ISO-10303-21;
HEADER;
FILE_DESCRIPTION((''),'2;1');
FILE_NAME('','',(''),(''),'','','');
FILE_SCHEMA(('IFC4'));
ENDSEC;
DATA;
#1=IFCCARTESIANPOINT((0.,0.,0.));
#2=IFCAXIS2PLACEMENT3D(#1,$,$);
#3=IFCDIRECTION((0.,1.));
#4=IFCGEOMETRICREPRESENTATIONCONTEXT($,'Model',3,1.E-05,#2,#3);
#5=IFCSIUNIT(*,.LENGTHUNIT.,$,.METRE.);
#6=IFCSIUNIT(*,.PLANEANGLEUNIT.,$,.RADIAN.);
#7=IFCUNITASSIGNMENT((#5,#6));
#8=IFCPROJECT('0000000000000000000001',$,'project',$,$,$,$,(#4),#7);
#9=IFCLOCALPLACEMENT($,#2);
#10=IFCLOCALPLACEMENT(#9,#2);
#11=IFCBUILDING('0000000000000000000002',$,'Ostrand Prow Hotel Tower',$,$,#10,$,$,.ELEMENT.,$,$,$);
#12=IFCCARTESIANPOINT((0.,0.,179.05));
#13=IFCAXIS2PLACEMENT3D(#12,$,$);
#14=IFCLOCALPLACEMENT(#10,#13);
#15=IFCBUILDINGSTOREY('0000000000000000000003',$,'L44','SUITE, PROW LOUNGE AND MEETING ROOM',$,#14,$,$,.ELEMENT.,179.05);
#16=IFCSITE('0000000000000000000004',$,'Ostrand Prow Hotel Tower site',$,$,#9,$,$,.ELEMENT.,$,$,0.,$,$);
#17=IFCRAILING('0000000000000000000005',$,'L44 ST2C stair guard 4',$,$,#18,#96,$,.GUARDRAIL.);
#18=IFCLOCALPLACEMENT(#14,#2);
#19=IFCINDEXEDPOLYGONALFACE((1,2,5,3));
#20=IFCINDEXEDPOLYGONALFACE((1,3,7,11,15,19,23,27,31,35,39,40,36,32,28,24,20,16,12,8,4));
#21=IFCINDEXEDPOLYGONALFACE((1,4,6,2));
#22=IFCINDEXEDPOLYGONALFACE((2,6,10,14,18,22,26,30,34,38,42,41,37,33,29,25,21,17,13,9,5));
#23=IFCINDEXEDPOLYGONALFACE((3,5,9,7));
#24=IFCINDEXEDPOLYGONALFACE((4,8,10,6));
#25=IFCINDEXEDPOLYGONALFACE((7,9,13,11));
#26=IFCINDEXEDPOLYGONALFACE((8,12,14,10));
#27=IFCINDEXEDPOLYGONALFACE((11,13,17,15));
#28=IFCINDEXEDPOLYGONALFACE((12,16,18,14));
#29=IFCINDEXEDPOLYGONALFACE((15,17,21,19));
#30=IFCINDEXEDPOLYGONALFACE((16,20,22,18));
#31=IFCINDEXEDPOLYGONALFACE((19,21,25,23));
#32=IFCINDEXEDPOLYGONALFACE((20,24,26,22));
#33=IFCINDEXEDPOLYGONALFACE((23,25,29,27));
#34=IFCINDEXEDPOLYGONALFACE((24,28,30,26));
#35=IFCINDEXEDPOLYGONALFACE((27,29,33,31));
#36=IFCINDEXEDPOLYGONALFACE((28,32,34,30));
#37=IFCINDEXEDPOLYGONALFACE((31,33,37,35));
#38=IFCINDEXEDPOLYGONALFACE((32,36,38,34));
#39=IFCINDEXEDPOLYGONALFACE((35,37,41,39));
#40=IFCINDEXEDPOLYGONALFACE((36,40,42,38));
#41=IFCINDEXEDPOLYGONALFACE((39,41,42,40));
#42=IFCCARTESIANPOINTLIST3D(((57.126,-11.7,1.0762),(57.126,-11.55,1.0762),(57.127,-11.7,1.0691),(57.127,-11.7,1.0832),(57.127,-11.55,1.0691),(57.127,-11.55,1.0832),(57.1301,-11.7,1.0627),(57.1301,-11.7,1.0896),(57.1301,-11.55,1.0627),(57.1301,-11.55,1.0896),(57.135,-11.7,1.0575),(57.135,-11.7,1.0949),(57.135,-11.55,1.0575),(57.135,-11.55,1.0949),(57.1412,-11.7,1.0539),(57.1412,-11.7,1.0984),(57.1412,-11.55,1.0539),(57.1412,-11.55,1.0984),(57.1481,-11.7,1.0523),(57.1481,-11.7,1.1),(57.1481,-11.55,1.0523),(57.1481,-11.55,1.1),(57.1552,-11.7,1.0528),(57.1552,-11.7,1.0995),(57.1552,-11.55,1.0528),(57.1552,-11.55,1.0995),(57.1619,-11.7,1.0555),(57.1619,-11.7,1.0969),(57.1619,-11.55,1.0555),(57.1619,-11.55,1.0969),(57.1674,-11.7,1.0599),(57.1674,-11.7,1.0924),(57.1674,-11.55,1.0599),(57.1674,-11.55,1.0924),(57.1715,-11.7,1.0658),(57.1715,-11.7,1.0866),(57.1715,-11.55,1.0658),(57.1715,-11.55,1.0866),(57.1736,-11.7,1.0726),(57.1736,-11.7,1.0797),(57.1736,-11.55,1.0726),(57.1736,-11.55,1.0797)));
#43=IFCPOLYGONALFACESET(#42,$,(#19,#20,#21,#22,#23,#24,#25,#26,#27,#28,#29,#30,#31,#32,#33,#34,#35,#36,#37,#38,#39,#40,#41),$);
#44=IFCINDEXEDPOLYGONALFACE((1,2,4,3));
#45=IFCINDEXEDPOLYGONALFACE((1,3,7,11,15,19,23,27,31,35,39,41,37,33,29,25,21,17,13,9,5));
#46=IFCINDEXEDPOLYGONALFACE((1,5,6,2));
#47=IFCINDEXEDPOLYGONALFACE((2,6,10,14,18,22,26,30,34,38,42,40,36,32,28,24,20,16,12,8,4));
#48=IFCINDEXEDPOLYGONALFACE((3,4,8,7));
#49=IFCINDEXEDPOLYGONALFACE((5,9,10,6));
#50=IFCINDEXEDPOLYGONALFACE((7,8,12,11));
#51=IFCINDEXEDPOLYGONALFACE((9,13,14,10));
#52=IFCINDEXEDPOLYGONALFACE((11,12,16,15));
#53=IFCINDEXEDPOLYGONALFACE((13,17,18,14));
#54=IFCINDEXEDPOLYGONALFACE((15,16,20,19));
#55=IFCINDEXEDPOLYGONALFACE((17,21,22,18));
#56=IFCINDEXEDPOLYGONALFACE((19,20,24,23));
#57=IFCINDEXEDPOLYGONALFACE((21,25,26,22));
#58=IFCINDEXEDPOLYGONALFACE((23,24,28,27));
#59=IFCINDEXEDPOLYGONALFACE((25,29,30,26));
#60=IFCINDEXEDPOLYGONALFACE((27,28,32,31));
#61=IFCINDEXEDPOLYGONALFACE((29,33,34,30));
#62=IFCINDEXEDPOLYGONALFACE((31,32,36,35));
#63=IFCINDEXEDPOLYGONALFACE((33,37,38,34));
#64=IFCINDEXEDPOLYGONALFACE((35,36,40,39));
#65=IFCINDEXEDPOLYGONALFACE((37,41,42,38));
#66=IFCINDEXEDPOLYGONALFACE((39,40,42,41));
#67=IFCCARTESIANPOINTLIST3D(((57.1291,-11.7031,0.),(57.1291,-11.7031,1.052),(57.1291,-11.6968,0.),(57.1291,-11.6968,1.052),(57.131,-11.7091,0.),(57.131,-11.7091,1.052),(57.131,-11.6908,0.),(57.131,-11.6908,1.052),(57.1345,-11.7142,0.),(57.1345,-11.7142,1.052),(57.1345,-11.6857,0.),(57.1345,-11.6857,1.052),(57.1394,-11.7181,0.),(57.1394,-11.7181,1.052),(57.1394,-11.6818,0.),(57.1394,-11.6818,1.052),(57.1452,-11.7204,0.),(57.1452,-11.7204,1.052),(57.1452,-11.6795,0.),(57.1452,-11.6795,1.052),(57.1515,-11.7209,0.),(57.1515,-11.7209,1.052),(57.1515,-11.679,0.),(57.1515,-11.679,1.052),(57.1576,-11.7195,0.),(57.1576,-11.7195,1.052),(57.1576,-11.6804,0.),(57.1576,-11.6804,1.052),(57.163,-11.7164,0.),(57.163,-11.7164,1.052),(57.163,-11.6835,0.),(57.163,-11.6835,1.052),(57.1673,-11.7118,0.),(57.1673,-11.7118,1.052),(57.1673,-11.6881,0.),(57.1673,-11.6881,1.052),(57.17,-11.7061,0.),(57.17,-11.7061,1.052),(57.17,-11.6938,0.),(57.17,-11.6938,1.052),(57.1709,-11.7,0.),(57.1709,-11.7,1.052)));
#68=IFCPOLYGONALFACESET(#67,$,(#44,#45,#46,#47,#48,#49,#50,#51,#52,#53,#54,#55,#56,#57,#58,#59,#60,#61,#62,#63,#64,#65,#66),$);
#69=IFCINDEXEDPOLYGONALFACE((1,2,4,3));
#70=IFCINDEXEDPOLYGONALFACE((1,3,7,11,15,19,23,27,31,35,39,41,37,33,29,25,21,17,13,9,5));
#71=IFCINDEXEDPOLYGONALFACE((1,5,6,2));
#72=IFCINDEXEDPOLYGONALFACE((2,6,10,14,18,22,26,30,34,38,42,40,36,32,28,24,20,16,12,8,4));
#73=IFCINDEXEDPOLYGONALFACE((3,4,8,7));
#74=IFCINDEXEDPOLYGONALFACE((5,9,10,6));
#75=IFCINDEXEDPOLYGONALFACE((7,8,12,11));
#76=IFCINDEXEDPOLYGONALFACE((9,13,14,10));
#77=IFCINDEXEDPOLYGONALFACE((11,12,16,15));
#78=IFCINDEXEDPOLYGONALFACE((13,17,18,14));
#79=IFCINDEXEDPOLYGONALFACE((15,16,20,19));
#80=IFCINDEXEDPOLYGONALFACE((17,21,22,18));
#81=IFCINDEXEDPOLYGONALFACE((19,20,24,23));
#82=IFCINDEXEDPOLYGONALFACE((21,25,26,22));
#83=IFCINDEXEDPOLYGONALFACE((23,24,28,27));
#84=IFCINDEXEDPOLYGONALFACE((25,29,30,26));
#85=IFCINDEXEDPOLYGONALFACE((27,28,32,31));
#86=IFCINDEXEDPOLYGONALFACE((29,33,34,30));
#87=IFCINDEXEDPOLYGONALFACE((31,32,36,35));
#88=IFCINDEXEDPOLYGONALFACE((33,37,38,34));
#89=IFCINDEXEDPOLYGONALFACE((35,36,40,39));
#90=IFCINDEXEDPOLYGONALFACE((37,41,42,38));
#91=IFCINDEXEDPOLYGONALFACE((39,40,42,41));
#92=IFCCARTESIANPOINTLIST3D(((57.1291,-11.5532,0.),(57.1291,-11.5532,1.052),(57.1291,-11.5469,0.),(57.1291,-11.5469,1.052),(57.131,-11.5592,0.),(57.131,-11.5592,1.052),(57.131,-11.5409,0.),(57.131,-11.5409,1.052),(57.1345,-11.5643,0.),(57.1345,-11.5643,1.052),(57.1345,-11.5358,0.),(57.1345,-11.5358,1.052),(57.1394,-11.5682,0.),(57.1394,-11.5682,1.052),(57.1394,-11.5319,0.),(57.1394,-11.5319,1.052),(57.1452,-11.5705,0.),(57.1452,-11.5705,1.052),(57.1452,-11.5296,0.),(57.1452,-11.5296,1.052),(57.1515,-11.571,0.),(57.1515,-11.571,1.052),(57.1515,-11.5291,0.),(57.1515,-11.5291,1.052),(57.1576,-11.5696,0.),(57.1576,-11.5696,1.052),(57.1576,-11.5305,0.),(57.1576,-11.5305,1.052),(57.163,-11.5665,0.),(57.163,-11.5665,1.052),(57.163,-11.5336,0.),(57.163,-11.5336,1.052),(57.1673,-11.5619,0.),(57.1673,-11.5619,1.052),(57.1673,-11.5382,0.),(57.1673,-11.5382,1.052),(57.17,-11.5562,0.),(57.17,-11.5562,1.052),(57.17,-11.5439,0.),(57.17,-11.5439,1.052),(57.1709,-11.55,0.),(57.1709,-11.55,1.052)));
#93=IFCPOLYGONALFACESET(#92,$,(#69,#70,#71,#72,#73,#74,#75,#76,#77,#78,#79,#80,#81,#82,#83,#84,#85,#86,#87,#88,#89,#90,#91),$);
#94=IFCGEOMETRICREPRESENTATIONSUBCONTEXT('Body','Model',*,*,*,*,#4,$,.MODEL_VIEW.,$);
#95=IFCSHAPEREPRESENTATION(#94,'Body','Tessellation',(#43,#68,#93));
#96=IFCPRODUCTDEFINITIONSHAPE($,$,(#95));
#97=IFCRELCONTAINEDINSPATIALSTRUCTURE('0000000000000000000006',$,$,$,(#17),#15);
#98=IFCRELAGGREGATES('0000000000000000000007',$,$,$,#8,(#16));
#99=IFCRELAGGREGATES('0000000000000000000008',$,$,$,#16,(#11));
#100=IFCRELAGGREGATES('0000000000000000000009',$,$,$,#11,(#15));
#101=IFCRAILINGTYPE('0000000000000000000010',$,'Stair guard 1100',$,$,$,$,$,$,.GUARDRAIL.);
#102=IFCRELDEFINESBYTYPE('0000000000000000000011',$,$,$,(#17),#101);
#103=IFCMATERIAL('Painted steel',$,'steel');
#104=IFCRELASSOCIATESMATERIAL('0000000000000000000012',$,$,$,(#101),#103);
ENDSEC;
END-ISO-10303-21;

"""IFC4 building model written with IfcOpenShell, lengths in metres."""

from ifc_helpers import new_model, si_unit, direction, frame, origin, origin_2d, place, context, subcontext, project, spatial, circle, extrude, material, type_object, element, save


model = new_model("IFC4")

# Units and contexts
model_context = context("Model", 3, precision=1e-05, world=origin(), true_north=direction((0.0, 1.0)))
body_context = subcontext(model_context, "Body", "Model", "MODEL_VIEW")
ifc_project = project(units=[si_unit("LENGTHUNIT", "METRE"), si_unit("PLANEANGLEUNIT", "RADIAN")], contexts=[model_context])

# Site, building, storey
site_placement = place(None, origin())
site = spatial("IfcSite", under=ifc_project, at=site_placement, Name="Ostrand Prow Hotel Tower site", CompositionType="ELEMENT", RefElevation=0.0)
building_placement = place(site_placement, origin())
building = spatial("IfcBuilding", under=site, at=building_placement, Name="Ostrand Prow Hotel Tower", CompositionType="ELEMENT")
storey_placement = place(building_placement, frame((0.0, 0.0, 179.05)))
storey = spatial("IfcBuildingStorey", under=building, at=storey_placement, Name="L44", Description="SUITE, PROW LOUNGE AND MEETING ROOM", CompositionType="ELEMENT", Elevation=179.05)

# Railing
ifc_material_1 = material(Name="Painted steel", Category="steel")
railing_type_1 = type_object("IfcRailingType", Name="Stair guard 1100", PredefinedType="GUARDRAIL", material=ifc_material_1)
railing_1_placement = place(storey_placement, frame((57.1499, -11.7, 0.0)))
element("IfcRailing", 1, at=railing_1_placement, inside=storey, type_object=railing_type_1, Name="L44 ST2C stair guard 4", PredefinedType="GUARDRAIL", context=body_context, shape_type="SweptSolid", body=[
    extrude(circle(Radius=0.0239, at=origin_2d()), frame((0.0, 0.0, 1.0762), z_axis=(0.0, 1.0, 0.0), x_axis=(-1.0, 0.0, 0.0)), (0.0, 0.0, 1.0), 0.1499),
    extrude(circle(Radius=0.021, at=origin_2d()), origin(), (0.0, 0.0, 1.0), 1.052),
    extrude(circle(Radius=0.021, at=origin_2d()), frame((0.0, 0.1499, 0.0)), (0.0, 0.0, 1.0), 1.052),
])

save(model, "model.ifc")
